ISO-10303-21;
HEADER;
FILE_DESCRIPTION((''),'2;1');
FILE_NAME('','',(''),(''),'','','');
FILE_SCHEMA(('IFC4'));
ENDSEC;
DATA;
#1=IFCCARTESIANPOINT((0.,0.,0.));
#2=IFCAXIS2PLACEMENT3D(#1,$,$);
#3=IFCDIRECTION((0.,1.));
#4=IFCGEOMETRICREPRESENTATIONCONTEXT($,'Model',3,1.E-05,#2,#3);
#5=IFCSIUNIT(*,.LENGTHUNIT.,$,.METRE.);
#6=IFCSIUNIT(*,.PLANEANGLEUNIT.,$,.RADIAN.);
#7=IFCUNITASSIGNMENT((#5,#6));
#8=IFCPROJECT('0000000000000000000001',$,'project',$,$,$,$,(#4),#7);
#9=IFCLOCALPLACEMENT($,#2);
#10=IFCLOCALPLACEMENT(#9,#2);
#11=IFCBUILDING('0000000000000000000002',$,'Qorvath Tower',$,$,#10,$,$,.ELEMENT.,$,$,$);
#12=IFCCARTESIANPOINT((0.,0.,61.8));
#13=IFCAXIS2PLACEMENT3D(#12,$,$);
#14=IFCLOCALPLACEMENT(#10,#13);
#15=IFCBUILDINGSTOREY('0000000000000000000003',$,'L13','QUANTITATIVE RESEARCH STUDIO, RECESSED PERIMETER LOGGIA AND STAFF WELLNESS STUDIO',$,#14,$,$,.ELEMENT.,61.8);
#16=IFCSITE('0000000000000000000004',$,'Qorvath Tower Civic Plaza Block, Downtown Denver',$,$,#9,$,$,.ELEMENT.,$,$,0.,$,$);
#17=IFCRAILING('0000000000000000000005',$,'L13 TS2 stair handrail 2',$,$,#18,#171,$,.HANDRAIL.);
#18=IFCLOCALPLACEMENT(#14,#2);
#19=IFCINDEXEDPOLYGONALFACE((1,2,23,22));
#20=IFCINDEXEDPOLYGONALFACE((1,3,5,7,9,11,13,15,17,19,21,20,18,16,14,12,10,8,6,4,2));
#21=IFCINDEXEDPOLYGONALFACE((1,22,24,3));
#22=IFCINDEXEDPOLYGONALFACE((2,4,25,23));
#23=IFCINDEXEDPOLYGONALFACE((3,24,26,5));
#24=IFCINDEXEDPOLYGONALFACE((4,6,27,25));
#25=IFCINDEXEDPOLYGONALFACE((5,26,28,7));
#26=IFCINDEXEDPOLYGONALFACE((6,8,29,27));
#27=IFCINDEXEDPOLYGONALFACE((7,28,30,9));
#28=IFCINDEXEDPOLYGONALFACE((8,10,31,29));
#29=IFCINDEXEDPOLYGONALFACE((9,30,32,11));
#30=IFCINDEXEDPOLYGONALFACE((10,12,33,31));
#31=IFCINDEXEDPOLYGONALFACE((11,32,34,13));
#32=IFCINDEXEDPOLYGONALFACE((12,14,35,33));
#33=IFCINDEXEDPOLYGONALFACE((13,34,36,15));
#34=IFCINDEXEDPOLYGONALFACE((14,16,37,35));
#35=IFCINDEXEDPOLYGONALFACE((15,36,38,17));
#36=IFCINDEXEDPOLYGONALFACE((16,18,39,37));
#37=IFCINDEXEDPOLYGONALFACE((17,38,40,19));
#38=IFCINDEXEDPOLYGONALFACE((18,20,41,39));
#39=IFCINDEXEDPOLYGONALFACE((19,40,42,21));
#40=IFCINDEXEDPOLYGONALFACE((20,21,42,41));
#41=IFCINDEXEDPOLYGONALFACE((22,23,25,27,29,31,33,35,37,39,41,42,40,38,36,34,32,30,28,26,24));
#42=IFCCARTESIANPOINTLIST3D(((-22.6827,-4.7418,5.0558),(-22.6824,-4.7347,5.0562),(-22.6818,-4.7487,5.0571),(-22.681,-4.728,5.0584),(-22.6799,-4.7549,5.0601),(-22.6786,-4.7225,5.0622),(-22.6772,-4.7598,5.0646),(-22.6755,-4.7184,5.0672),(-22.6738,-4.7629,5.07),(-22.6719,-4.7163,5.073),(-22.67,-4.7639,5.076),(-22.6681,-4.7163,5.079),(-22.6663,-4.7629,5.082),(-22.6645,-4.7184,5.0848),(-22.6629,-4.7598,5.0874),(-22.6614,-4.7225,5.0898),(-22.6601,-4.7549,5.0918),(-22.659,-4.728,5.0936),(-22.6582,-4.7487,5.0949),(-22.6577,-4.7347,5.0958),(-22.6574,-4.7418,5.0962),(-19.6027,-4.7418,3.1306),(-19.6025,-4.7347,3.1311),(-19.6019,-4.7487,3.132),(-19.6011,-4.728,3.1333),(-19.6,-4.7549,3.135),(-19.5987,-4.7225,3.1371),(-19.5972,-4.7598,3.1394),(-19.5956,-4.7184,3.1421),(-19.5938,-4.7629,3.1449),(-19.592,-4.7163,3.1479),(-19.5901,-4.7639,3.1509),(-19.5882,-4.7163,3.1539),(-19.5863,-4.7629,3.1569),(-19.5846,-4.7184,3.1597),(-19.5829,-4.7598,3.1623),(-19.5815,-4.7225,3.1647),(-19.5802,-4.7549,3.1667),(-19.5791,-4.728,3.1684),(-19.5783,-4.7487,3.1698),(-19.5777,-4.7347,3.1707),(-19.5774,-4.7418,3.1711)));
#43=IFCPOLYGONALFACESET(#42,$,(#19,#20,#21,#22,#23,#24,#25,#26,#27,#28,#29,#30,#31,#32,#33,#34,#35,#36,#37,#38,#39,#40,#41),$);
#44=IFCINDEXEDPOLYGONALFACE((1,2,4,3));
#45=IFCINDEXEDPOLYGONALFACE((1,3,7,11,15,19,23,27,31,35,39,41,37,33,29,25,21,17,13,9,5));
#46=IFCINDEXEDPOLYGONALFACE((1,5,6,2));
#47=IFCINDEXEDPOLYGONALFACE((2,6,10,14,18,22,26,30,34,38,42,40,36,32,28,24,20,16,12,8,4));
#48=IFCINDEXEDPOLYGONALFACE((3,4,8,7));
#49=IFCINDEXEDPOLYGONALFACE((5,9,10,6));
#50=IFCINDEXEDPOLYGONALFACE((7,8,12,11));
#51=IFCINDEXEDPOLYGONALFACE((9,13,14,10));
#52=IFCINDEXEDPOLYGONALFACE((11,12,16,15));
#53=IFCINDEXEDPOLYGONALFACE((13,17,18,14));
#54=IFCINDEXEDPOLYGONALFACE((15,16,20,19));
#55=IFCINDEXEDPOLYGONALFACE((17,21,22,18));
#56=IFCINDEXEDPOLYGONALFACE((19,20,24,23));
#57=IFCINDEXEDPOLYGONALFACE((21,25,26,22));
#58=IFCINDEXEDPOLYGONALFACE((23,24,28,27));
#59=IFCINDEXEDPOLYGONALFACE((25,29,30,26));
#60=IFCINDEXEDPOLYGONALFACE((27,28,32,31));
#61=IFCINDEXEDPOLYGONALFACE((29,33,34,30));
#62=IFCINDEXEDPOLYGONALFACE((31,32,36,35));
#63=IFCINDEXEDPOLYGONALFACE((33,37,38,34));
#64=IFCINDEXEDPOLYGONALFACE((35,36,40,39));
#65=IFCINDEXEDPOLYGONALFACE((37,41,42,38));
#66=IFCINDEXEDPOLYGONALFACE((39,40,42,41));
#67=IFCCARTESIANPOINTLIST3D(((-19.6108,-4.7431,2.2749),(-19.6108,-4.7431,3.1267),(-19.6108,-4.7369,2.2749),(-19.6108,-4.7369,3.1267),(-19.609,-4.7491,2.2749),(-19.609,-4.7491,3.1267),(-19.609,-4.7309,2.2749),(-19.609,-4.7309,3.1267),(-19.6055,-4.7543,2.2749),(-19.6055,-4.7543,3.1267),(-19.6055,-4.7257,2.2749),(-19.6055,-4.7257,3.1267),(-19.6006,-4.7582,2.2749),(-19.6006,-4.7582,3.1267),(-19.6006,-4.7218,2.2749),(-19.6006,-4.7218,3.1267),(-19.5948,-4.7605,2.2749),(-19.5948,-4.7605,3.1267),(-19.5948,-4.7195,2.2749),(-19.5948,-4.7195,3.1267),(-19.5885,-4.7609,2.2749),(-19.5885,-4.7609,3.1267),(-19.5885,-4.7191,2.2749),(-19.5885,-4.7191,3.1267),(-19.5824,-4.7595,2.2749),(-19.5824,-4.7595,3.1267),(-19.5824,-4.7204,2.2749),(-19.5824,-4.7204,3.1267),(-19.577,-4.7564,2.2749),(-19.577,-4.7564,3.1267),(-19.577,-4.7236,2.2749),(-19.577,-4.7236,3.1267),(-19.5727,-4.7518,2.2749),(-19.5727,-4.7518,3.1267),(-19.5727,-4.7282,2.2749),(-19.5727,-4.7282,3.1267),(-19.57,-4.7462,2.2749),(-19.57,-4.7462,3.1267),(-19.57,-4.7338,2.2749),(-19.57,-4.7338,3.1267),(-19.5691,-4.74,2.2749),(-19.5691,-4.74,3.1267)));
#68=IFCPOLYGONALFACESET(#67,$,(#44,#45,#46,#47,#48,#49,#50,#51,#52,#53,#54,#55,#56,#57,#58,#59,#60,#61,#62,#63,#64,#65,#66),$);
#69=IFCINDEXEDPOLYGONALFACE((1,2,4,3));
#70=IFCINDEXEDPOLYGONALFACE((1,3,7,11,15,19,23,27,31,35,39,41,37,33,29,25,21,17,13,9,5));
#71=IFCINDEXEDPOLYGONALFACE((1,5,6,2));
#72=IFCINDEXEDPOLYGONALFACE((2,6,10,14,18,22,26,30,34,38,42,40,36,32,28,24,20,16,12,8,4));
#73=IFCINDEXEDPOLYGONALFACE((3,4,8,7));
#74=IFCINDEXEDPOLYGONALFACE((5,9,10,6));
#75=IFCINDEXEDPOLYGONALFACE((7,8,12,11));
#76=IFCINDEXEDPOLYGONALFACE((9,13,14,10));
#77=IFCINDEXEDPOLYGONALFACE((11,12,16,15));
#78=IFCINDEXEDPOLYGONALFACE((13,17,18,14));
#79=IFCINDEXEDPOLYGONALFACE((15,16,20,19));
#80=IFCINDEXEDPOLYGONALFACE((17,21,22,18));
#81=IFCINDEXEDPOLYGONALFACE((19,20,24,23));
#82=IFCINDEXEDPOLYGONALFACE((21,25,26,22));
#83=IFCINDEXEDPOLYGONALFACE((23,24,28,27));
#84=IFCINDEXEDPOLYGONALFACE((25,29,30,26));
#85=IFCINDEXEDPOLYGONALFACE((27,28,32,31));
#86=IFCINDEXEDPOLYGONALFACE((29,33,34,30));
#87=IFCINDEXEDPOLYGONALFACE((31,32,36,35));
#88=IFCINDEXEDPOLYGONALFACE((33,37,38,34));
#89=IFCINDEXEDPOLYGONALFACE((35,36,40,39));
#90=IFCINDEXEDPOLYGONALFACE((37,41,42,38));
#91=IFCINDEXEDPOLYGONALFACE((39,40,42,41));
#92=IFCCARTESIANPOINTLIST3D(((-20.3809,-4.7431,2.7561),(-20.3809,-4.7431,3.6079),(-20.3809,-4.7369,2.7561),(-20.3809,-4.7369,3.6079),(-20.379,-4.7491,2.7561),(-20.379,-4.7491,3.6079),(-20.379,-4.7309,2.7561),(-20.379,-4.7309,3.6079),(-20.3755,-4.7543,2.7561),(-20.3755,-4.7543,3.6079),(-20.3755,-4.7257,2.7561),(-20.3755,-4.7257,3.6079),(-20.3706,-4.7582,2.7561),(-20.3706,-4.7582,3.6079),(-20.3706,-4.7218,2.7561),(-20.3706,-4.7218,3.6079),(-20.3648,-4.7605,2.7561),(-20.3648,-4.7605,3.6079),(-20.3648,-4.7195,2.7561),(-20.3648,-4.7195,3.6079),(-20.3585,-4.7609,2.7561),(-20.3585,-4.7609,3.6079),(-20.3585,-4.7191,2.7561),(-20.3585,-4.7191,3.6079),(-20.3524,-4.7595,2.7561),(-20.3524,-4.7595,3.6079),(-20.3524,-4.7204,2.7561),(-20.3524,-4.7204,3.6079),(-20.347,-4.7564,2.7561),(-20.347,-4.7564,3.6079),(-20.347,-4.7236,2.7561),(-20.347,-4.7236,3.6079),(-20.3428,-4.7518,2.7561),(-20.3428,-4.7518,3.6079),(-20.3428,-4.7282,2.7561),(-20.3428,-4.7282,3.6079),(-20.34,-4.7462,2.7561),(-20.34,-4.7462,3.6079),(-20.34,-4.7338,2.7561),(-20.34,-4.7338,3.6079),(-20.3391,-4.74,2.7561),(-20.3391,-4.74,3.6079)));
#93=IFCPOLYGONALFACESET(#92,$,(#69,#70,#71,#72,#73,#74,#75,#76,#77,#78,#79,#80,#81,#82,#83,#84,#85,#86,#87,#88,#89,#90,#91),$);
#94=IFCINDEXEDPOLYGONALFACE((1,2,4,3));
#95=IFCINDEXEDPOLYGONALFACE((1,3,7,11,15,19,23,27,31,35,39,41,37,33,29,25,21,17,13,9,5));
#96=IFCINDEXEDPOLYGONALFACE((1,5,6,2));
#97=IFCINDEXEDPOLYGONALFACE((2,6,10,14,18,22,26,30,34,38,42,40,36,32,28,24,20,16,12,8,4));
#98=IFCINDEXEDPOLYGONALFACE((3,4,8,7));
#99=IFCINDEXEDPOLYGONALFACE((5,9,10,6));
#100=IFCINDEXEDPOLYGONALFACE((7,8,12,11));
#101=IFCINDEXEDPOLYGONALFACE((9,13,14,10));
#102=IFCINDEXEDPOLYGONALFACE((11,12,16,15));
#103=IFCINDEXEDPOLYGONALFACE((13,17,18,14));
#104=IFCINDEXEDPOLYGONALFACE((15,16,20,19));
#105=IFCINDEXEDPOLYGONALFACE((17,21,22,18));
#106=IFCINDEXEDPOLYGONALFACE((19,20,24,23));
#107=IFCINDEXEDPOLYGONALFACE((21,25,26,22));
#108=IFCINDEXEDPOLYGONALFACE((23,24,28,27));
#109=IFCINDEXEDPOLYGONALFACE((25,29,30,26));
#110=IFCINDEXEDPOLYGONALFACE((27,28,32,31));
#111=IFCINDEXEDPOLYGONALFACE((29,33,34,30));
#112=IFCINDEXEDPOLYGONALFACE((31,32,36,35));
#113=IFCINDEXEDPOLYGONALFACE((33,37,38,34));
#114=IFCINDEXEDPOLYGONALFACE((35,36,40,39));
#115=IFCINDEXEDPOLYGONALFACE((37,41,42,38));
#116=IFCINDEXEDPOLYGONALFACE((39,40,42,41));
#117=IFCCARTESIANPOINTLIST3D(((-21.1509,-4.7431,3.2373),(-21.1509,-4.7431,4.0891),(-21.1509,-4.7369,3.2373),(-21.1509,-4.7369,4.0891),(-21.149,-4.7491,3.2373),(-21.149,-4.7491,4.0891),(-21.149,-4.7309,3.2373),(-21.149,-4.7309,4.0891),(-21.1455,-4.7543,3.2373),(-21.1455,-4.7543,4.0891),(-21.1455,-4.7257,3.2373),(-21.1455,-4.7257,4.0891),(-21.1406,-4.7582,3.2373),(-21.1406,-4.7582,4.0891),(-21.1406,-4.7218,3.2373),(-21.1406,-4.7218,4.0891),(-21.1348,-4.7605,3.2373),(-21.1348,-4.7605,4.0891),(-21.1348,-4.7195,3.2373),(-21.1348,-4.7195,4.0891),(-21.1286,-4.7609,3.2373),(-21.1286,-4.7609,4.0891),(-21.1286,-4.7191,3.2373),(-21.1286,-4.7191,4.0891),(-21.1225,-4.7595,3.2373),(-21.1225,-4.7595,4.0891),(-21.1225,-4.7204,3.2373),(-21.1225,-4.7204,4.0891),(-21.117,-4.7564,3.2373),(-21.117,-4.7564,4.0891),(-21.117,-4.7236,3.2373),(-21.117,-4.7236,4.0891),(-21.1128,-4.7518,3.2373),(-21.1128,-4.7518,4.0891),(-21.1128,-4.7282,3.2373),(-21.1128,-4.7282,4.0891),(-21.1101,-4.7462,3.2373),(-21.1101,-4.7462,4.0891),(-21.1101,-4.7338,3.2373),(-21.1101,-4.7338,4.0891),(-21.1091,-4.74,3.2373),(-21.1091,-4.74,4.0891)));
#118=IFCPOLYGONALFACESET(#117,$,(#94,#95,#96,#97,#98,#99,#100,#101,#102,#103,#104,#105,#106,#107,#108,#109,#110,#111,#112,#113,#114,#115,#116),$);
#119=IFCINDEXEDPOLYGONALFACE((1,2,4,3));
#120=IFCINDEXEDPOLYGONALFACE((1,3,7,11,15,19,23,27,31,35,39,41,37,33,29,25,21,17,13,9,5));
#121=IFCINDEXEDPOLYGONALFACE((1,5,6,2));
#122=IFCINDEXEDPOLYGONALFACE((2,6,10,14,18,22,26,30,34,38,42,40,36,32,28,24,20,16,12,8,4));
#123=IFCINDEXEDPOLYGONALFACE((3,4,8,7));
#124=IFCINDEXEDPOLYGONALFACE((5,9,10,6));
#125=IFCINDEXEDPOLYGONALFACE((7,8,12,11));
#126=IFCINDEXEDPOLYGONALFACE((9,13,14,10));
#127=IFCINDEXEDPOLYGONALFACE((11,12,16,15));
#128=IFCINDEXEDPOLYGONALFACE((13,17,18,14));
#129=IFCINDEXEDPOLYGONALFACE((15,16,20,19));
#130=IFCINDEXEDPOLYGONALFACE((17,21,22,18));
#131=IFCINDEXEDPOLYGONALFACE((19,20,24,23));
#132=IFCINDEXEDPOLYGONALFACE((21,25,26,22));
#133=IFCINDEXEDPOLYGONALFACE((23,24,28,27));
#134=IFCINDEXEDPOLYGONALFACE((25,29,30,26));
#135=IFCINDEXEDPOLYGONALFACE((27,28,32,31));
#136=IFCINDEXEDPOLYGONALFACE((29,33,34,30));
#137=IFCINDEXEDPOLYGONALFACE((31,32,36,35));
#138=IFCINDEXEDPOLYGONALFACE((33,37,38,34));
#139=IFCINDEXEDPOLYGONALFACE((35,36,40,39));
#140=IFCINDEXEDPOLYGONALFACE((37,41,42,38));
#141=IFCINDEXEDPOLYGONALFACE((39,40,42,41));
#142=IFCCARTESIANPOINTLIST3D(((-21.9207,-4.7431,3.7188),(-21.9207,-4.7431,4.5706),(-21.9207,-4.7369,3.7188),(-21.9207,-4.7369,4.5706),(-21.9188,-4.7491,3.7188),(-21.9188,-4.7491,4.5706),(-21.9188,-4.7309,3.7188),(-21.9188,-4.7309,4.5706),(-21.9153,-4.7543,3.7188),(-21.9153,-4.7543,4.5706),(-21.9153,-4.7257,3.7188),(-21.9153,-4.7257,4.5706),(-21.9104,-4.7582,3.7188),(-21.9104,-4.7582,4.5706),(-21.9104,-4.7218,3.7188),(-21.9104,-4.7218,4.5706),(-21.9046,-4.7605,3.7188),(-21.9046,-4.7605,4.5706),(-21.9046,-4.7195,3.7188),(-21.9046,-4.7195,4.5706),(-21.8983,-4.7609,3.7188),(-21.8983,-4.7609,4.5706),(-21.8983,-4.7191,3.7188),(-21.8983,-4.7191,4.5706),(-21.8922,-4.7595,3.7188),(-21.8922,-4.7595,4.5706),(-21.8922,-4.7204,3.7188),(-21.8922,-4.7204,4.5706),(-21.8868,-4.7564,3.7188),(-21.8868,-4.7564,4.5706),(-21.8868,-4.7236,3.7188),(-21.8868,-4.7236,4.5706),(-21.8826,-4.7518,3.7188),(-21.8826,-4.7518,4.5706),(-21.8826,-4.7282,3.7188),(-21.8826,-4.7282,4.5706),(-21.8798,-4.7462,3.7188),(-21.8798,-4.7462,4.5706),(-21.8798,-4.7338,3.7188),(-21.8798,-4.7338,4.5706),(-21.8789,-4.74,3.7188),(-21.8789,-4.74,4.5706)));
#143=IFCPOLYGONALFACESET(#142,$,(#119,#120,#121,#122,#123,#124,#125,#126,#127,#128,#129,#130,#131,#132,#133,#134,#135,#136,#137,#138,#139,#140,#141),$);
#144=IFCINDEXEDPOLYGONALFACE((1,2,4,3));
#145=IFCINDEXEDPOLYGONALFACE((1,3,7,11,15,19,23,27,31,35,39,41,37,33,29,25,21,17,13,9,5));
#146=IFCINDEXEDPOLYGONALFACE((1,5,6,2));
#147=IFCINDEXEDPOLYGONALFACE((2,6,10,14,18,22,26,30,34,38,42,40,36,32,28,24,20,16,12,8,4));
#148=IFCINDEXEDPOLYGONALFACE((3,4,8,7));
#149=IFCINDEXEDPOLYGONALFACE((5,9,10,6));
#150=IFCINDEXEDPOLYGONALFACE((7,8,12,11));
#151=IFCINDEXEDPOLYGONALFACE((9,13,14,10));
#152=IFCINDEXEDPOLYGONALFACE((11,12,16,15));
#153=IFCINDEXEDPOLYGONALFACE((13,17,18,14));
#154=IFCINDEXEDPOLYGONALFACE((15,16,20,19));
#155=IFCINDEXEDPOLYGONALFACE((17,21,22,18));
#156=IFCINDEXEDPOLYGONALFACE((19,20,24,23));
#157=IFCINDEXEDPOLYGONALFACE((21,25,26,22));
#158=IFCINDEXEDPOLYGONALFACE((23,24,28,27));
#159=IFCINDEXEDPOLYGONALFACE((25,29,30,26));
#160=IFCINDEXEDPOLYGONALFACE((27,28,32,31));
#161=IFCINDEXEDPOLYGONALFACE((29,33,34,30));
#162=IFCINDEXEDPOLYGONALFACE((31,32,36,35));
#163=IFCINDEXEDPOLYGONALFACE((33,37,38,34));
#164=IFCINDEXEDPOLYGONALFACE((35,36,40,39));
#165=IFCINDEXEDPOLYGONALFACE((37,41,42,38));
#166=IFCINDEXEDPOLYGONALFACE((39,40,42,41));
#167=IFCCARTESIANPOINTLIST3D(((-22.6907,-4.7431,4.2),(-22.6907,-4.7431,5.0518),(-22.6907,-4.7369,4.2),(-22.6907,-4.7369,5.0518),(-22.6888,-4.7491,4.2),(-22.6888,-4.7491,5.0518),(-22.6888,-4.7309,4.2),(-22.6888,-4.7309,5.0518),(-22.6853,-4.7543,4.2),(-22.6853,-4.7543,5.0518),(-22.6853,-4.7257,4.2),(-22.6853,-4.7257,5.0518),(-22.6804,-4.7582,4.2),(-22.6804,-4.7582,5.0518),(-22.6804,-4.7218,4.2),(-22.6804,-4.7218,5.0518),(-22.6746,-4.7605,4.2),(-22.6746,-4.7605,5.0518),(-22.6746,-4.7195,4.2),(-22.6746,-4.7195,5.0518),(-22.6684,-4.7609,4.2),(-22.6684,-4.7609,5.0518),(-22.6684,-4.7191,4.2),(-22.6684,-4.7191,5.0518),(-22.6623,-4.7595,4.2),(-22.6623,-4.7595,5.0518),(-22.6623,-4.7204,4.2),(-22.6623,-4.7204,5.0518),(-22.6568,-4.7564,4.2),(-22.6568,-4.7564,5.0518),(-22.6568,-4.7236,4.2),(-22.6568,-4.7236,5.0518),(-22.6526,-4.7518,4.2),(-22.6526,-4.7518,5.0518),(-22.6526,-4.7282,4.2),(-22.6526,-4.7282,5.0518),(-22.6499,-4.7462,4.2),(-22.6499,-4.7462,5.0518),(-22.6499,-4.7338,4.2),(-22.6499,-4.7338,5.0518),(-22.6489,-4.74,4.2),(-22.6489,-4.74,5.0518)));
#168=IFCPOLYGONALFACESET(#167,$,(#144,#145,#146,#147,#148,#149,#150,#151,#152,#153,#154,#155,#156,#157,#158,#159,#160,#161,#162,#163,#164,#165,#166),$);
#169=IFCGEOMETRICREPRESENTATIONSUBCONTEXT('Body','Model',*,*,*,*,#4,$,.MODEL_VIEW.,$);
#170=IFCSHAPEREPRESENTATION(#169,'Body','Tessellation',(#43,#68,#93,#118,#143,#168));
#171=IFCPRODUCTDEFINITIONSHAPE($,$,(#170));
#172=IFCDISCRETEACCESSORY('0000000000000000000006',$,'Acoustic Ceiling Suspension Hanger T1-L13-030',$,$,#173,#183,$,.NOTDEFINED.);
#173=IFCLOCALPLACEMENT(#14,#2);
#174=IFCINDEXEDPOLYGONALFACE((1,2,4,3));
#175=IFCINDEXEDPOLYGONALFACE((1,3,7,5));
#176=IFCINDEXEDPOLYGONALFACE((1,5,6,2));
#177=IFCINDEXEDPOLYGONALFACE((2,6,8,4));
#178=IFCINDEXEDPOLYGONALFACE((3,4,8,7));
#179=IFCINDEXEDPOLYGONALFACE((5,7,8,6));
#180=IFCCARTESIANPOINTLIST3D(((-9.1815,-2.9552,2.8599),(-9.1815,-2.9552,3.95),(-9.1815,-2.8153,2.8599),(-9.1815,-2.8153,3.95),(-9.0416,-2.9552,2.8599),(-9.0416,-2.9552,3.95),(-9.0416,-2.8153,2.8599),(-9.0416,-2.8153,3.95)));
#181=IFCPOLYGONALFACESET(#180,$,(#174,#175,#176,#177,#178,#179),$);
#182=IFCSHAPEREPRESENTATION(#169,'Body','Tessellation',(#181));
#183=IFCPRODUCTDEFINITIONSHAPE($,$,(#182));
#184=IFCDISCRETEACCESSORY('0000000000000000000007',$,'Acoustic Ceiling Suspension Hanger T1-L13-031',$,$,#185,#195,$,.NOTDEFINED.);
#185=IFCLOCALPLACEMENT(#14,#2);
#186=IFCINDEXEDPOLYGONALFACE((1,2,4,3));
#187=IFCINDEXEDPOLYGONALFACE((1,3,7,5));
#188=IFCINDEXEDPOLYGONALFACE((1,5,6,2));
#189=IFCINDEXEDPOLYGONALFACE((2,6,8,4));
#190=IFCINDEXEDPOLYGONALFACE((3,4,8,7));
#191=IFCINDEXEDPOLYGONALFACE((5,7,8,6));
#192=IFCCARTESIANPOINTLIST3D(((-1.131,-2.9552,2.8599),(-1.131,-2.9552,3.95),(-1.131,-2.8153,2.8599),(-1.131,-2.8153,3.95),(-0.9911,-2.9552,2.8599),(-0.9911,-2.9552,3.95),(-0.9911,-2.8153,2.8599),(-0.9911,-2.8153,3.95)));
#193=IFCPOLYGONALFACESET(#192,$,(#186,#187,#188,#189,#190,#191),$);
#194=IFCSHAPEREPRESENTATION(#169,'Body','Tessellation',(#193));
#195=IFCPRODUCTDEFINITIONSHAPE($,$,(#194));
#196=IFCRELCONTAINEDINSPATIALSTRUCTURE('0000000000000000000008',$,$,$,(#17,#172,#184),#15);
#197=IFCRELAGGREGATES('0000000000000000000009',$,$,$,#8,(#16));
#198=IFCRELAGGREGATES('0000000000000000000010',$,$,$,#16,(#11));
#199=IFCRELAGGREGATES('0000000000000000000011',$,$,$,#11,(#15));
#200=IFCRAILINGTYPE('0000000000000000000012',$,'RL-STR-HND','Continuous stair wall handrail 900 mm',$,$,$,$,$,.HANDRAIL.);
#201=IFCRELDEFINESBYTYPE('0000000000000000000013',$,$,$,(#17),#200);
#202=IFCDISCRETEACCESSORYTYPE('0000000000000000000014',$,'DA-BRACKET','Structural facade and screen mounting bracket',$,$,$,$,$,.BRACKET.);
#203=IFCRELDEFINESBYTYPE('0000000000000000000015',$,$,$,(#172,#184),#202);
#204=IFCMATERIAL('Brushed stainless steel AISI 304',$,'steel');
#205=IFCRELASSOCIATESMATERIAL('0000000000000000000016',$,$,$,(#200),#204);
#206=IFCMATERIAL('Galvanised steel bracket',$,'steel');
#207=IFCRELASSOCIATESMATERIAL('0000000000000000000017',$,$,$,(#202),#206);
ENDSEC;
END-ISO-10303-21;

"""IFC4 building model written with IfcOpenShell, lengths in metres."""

from ifc_helpers import new_model, si_unit, direction, frame, origin, origin_2d, place, context, subcontext, project, spatial, rectangle, circle, extrude, material, type_object, element, save


model = new_model("IFC4")

# Units and contexts
model_context = context("Model", 3, precision=1e-05, world=origin(), true_north=direction((0.0, 1.0)))
body_context = subcontext(model_context, "Body", "Model", "MODEL_VIEW")
ifc_project = project(units=[si_unit("LENGTHUNIT", "METRE"), si_unit("PLANEANGLEUNIT", "RADIAN")], contexts=[model_context])

# Site, building, storey
site_placement = place(None, origin())
site = spatial("IfcSite", under=ifc_project, at=site_placement, Name="Qorvath Tower Civic Plaza Block, Downtown Denver", CompositionType="ELEMENT", RefElevation=0.0)
building_placement = place(site_placement, origin())
building = spatial("IfcBuilding", under=site, at=building_placement, Name="Qorvath Tower", CompositionType="ELEMENT")
storey_placement = place(building_placement, frame((0.0, 0.0, 61.8)))
storey = spatial("IfcBuildingStorey", under=building, at=storey_placement, Name="L13", Description="QUANTITATIVE RESEARCH STUDIO, RECESSED PERIMETER LOGGIA AND STAFF WELLNESS STUDIO", CompositionType="ELEMENT", Elevation=61.8)

# Railing
ifc_material_1 = material(Name="Brushed stainless steel AISI 304", Category="steel")
railing_type = type_object("IfcRailingType", Name="RL-STR-HND", Description="Continuous stair wall handrail 900 mm", PredefinedType="HANDRAIL", material=ifc_material_1)
railing_placement = place(storey_placement, frame((-19.5901, -4.74, 2.2749)))
element("IfcRailing", 1, at=railing_placement, inside=storey, type_object=railing_type, Name="L13 TS2 stair handrail 2", PredefinedType="HANDRAIL", context=body_context, shape_type="SweptSolid", body=[
    extrude(circle(Radius=0.0239, at=origin_2d()), frame((0.0, 0.0, 0.876), z_axis=(-0.847979, 0.0, 0.530029), x_axis=(0.0, -1.0, 0.0)), (0.0, 0.0, 1.0), 3.6321),
    extrude(circle(Radius=0.021, at=origin_2d()), origin(), (0.0, 0.0, 1.0), 0.8518),
    extrude(circle(Radius=0.021, at=origin_2d()), frame((-0.77, 0.0, 0.4812)), (0.0, 0.0, 1.0), 0.8518),
    extrude(circle(Radius=0.021, at=origin_2d()), frame((-1.54, 0.0, 0.9624)), (0.0, 0.0, 1.0), 0.8518),
    extrude(circle(Radius=0.021, at=origin_2d()), frame((-2.3098, 0.0, 1.4438)), (0.0, 0.0, 1.0), 0.8518),
    extrude(circle(Radius=0.021, at=origin_2d()), frame((-3.0798, 0.0, 1.925)), (0.0, 0.0, 1.0), 0.8518),
])

# Discrete accessories
ifc_material_2 = material(Name="Galvanised steel bracket", Category="steel")
discrete_accessory_type = type_object("IfcDiscreteAccessoryType", Name="DA-BRACKET", Description="Structural facade and screen mounting bracket", PredefinedType="BRACKET", material=ifc_material_2)
for number, where, z_axis, x_axis, name in (
    (2, (-9.1116, -2.8853, 2.8599), (0.0, 0.0, 1.0), (1.0, 0.0, 0.0), "Acoustic Ceiling Suspension Hanger T1-L13-030"),
    (3, (-1.061, -2.8853, 2.8599), (0.0, 0.0, 1.0), (1.0, 0.0, 0.0), "Acoustic Ceiling Suspension Hanger T1-L13-031"),
):
    element("IfcDiscreteAccessory", number, at=place(storey_placement, frame(where, z_axis=z_axis, x_axis=x_axis)), inside=storey, type_object=discrete_accessory_type, Name=name, PredefinedType="NOTDEFINED", context=body_context, shape_type="SweptSolid", body=[
        extrude(rectangle(XDim=0.1399, YDim=0.1399, at=origin_2d()), origin(), (0.0, 0.0, 1.0), 1.0901),
    ])

save(model, "model.ifc")
